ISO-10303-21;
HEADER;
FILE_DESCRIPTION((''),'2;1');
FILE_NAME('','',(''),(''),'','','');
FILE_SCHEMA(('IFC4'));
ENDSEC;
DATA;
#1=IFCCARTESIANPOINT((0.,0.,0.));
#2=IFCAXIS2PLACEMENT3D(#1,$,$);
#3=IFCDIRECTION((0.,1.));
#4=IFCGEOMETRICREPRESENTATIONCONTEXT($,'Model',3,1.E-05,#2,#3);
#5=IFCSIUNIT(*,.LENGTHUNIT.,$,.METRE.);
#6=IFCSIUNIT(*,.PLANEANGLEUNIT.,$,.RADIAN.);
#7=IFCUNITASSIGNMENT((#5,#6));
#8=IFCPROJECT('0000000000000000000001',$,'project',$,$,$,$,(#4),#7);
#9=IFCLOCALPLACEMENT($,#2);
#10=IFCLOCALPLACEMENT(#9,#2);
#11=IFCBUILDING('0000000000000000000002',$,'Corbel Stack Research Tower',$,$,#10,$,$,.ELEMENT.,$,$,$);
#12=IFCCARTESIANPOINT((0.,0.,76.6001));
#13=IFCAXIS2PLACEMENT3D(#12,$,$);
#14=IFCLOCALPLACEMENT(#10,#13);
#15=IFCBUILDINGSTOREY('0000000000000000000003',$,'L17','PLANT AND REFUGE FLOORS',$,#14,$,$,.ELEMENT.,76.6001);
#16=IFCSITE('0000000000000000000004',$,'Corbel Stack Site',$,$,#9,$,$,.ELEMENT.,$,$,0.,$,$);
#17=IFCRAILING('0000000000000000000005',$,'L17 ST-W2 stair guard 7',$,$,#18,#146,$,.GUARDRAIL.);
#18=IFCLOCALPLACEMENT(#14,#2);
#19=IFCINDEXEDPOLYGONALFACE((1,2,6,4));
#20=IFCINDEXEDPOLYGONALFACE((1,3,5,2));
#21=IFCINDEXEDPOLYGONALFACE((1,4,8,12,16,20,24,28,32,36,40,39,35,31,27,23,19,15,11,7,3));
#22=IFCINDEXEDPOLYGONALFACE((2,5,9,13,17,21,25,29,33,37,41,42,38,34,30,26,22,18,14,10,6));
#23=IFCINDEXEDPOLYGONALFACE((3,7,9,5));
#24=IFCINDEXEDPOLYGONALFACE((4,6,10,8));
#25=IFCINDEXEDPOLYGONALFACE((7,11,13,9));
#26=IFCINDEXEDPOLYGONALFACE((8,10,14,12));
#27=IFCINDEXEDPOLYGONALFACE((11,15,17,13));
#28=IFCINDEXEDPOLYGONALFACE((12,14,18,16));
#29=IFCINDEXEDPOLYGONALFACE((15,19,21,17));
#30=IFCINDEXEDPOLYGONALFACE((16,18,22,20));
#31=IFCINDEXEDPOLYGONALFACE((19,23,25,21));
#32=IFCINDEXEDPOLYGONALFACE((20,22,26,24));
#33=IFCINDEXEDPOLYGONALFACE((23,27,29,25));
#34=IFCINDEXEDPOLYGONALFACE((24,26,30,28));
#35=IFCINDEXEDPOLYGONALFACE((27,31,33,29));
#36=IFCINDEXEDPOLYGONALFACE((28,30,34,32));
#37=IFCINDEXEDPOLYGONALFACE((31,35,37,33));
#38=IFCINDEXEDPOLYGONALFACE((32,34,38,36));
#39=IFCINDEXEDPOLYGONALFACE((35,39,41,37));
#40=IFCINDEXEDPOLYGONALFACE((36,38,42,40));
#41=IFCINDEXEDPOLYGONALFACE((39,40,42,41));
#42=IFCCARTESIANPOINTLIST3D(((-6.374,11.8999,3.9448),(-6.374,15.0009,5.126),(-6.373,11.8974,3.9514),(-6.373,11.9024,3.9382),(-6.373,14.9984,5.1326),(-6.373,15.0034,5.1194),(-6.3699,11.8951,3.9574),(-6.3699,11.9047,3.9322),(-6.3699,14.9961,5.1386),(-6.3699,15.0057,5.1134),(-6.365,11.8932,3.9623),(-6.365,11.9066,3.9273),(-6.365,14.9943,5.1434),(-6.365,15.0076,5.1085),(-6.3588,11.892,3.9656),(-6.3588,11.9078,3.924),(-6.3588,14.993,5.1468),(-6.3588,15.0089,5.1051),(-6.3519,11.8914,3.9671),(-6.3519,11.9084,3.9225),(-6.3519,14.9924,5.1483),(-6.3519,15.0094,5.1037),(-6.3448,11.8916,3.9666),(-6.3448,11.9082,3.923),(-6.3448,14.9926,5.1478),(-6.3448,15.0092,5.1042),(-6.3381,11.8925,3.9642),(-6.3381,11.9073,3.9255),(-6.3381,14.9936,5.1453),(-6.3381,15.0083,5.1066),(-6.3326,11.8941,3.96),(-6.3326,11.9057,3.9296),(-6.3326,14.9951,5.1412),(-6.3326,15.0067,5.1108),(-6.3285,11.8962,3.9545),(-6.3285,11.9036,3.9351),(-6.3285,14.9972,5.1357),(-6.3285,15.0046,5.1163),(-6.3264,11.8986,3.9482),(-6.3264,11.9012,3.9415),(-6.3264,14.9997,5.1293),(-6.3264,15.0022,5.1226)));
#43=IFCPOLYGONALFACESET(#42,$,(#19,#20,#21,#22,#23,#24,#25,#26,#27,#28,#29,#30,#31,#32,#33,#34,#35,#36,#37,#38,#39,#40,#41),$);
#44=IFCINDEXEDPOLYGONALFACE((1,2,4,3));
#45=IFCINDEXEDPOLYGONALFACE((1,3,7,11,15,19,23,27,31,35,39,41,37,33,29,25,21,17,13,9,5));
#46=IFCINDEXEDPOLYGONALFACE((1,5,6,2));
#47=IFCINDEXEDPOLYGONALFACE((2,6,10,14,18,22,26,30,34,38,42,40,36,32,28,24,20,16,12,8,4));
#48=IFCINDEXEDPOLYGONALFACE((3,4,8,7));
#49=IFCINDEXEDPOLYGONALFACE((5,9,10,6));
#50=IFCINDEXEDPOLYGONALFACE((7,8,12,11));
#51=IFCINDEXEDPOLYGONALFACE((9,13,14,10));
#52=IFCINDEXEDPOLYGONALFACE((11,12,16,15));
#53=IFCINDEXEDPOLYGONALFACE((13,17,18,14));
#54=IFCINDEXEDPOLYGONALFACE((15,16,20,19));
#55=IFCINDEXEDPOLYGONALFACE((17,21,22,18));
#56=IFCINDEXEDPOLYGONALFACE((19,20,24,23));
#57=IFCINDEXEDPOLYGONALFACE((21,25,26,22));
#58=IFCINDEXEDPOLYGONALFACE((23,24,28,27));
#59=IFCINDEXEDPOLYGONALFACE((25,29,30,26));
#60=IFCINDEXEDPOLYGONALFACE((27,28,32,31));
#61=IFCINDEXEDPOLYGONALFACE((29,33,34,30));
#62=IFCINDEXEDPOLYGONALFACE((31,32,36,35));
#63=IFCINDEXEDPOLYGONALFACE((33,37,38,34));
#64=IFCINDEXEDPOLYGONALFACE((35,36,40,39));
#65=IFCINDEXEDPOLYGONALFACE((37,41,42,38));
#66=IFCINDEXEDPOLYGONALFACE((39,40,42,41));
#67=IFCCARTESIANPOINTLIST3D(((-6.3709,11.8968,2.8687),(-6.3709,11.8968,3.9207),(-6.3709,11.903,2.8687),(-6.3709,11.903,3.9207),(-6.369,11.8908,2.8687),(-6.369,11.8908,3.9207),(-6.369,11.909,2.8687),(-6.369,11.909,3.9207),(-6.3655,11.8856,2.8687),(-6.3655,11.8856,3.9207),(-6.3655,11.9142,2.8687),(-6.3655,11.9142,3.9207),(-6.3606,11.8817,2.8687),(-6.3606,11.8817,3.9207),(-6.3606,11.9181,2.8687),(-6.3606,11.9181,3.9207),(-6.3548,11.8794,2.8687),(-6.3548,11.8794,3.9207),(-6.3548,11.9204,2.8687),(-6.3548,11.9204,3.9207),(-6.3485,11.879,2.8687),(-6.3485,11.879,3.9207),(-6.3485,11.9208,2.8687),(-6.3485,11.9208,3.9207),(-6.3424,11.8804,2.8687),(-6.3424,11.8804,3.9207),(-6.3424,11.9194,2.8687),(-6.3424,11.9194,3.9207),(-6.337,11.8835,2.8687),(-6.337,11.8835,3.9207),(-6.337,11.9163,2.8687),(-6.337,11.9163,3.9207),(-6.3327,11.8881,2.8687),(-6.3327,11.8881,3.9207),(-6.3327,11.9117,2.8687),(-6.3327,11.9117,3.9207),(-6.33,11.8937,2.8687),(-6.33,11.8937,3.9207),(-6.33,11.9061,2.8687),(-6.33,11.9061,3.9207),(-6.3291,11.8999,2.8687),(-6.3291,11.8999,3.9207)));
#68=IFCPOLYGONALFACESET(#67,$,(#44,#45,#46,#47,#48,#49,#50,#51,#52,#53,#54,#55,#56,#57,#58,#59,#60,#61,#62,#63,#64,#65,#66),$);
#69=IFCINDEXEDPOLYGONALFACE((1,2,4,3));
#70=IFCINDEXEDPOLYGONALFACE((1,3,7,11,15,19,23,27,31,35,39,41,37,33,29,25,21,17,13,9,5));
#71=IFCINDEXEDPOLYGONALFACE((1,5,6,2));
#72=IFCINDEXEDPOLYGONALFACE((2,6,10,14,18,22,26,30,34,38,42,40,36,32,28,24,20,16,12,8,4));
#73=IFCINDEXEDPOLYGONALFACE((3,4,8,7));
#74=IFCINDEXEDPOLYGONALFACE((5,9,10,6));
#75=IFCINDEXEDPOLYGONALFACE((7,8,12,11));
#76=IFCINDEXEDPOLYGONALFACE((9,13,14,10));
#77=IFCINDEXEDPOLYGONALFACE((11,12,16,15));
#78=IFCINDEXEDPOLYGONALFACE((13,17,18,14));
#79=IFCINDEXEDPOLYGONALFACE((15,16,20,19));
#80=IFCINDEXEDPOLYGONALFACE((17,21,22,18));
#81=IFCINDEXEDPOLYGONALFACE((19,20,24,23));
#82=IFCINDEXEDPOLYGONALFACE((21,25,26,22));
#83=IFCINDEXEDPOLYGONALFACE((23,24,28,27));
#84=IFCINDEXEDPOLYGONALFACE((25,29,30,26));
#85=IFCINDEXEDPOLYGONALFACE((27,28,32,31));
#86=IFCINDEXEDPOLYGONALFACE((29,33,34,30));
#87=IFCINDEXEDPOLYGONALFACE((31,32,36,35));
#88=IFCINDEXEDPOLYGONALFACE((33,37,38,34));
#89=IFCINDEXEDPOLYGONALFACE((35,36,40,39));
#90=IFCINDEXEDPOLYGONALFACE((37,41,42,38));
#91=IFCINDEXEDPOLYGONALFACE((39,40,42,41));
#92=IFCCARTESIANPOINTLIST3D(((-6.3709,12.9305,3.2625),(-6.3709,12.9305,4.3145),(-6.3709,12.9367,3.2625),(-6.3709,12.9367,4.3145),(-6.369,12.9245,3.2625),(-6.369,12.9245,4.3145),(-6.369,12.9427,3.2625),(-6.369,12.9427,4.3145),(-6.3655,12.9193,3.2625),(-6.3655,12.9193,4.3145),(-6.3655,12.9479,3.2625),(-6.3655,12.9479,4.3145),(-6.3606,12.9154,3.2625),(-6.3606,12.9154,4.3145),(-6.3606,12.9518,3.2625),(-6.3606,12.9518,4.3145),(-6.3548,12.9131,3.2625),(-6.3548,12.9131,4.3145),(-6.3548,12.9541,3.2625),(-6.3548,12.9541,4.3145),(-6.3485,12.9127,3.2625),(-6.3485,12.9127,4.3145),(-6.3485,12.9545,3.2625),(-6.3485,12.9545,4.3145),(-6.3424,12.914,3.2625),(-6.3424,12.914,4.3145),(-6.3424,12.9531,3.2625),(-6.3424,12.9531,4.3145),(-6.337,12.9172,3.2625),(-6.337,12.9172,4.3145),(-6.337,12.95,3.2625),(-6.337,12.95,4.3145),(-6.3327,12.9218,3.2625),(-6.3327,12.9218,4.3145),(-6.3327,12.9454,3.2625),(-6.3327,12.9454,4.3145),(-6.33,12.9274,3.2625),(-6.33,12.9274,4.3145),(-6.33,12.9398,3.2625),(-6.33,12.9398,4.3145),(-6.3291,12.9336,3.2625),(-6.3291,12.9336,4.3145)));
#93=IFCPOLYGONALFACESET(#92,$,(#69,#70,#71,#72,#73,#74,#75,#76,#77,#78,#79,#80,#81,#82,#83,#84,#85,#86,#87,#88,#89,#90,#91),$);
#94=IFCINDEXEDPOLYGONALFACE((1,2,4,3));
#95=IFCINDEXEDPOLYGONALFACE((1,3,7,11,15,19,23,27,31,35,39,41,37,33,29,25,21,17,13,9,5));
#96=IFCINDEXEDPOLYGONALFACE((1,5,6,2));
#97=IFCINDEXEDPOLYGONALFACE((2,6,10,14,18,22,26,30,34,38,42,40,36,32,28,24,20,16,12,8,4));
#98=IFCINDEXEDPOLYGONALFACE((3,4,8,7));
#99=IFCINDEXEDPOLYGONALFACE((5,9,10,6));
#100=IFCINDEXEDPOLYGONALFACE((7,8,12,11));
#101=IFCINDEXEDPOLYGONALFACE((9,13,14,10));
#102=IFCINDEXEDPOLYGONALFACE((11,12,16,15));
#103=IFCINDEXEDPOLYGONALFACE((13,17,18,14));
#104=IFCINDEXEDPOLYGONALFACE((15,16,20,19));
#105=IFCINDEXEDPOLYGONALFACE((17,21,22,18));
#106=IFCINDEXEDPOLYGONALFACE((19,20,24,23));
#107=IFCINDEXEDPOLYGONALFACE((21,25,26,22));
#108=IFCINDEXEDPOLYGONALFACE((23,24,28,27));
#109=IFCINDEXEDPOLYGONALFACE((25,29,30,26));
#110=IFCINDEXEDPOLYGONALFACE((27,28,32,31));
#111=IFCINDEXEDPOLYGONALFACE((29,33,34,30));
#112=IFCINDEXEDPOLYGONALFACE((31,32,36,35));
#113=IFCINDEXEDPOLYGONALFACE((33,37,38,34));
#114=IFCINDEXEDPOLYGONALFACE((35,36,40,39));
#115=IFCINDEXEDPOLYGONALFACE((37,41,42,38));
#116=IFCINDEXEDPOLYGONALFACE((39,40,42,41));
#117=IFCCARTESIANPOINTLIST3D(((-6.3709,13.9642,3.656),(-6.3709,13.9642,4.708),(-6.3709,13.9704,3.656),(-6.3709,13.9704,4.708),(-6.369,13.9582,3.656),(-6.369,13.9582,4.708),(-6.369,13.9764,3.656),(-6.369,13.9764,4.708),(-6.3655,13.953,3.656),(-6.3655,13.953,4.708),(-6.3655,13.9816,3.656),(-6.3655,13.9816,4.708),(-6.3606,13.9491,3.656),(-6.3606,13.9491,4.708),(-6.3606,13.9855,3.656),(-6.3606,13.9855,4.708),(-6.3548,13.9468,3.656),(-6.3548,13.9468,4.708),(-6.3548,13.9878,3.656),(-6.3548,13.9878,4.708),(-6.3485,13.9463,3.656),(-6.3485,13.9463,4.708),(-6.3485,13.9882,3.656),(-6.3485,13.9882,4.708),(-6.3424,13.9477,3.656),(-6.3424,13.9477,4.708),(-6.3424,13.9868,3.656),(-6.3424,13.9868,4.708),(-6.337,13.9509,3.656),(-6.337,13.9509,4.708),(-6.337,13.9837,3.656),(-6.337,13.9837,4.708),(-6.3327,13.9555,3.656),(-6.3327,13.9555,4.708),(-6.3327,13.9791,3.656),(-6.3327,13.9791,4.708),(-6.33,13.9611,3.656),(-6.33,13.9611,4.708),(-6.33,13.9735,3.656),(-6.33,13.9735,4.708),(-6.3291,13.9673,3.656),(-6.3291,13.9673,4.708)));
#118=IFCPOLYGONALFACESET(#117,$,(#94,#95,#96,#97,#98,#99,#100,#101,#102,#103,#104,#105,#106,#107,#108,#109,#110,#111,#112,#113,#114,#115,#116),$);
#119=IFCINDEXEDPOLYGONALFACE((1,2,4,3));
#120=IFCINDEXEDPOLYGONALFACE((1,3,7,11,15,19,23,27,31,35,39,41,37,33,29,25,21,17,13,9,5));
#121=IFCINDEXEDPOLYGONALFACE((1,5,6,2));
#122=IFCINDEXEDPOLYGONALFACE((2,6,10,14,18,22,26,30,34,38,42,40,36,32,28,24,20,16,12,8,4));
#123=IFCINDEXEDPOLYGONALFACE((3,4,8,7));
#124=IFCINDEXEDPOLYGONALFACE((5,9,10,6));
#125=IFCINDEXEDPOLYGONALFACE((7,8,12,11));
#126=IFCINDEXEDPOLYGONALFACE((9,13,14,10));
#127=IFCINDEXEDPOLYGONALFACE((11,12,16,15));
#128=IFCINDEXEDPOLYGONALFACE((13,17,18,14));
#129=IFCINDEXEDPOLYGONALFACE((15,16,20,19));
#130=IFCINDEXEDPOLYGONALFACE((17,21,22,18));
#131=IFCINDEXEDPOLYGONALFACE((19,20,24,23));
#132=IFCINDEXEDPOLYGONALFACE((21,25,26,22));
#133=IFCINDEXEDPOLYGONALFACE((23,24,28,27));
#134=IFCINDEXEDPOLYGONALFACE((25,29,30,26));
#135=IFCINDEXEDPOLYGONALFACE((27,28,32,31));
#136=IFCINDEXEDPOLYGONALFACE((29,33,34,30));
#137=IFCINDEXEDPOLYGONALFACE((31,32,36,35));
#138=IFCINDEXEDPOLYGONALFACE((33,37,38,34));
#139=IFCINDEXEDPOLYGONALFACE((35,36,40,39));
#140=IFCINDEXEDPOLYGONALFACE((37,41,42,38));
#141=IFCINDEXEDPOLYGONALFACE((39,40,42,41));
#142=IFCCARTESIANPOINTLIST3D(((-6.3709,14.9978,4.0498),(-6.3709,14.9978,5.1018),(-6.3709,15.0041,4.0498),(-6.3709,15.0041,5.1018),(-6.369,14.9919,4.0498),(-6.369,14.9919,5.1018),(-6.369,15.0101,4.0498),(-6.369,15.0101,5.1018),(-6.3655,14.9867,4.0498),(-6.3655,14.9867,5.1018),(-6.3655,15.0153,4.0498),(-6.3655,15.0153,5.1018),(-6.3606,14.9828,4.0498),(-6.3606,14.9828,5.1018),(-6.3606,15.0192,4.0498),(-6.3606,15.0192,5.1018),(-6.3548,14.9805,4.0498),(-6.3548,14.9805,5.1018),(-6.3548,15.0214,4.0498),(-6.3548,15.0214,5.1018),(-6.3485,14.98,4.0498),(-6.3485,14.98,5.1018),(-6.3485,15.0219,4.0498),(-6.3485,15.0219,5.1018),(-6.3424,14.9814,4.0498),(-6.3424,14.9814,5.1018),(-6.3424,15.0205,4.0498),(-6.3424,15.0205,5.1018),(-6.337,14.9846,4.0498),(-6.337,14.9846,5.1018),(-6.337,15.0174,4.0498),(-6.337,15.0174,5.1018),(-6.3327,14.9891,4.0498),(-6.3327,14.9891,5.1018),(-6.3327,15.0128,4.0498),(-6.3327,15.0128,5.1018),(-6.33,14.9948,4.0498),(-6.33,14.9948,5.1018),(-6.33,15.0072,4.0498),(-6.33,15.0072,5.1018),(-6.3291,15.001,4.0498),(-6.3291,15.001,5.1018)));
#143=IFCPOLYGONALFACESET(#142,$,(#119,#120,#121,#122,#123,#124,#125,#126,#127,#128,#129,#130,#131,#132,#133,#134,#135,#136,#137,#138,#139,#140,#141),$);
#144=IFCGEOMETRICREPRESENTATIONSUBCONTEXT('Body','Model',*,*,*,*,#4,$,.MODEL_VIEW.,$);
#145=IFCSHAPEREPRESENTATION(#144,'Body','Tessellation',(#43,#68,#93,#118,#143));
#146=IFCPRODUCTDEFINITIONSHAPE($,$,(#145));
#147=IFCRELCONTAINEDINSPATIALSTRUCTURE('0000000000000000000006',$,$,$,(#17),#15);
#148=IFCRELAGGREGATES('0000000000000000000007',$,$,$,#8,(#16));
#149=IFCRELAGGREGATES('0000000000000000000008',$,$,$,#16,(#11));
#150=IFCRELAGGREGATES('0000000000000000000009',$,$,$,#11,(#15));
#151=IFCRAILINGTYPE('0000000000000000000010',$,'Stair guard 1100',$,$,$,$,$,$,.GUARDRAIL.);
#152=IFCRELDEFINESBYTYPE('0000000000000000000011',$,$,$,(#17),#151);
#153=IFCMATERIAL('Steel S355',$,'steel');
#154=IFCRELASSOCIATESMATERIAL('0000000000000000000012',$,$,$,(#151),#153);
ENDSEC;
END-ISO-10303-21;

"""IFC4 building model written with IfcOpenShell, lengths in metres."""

from ifc_helpers import new_model, si_unit, direction, frame, origin, origin_2d, place, context, subcontext, project, spatial, circle, extrude, material, type_object, element, save


model = new_model("IFC4")

# Units and contexts
model_context = context("Model", 3, precision=1e-05, world=origin(), true_north=direction((0.0, 1.0)))
body_context = subcontext(model_context, "Body", "Model", "MODEL_VIEW")
ifc_project = project(units=[si_unit("LENGTHUNIT", "METRE"), si_unit("PLANEANGLEUNIT", "RADIAN")], contexts=[model_context])

# Site, building, storey
site_placement = place(None, origin())
site = spatial("IfcSite", under=ifc_project, at=site_placement, Name="Corbel Stack Site", CompositionType="ELEMENT", RefElevation=0.0)
building_placement = place(site_placement, origin())
building = spatial("IfcBuilding", under=site, at=building_placement, Name="Corbel Stack Research Tower", CompositionType="ELEMENT")
storey_placement = place(building_placement, frame((0.0, 0.0, 76.6001)))
storey = spatial("IfcBuildingStorey", under=building, at=storey_placement, Name="L17", Description="PLANT AND REFUGE FLOORS", CompositionType="ELEMENT", Elevation=76.6001)

# Railing
ifc_material_1 = material(Name="Steel S355", Category="steel")
railing_type_1 = type_object("IfcRailingType", Name="Stair guard 1100", PredefinedType="GUARDRAIL", material=ifc_material_1)
railing_1_placement = place(storey_placement, frame((-6.3501, 11.8999, 2.8687)))
element("IfcRailing", 1, at=railing_1_placement, inside=storey, type_object=railing_type_1, Name="L17 ST-W2 stair guard 7", PredefinedType="GUARDRAIL", context=body_context, shape_type="SweptSolid", body=[
    extrude(circle(Radius=0.0239, at=origin_2d()), frame((0.0, 0.0, 1.0762), z_axis=(0.0, 0.934509, 0.35594), x_axis=(-1.0, 0.0, 0.0)), (0.0, 0.0, 1.0), 3.3184),
    extrude(circle(Radius=0.021, at=origin_2d()), origin(), (0.0, 0.0, 1.0), 1.052),
    extrude(circle(Radius=0.021, at=origin_2d()), frame((0.0, 1.0337, 0.3938)), (0.0, 0.0, 1.0), 1.052),
    extrude(circle(Radius=0.021, at=origin_2d()), frame((0.0, 2.0674, 0.7874)), (0.0, 0.0, 1.0), 1.052),
    extrude(circle(Radius=0.021, at=origin_2d()), frame((0.0, 3.1011, 1.1812)), (0.0, 0.0, 1.0), 1.052),
])

save(model, "model.ifc")
